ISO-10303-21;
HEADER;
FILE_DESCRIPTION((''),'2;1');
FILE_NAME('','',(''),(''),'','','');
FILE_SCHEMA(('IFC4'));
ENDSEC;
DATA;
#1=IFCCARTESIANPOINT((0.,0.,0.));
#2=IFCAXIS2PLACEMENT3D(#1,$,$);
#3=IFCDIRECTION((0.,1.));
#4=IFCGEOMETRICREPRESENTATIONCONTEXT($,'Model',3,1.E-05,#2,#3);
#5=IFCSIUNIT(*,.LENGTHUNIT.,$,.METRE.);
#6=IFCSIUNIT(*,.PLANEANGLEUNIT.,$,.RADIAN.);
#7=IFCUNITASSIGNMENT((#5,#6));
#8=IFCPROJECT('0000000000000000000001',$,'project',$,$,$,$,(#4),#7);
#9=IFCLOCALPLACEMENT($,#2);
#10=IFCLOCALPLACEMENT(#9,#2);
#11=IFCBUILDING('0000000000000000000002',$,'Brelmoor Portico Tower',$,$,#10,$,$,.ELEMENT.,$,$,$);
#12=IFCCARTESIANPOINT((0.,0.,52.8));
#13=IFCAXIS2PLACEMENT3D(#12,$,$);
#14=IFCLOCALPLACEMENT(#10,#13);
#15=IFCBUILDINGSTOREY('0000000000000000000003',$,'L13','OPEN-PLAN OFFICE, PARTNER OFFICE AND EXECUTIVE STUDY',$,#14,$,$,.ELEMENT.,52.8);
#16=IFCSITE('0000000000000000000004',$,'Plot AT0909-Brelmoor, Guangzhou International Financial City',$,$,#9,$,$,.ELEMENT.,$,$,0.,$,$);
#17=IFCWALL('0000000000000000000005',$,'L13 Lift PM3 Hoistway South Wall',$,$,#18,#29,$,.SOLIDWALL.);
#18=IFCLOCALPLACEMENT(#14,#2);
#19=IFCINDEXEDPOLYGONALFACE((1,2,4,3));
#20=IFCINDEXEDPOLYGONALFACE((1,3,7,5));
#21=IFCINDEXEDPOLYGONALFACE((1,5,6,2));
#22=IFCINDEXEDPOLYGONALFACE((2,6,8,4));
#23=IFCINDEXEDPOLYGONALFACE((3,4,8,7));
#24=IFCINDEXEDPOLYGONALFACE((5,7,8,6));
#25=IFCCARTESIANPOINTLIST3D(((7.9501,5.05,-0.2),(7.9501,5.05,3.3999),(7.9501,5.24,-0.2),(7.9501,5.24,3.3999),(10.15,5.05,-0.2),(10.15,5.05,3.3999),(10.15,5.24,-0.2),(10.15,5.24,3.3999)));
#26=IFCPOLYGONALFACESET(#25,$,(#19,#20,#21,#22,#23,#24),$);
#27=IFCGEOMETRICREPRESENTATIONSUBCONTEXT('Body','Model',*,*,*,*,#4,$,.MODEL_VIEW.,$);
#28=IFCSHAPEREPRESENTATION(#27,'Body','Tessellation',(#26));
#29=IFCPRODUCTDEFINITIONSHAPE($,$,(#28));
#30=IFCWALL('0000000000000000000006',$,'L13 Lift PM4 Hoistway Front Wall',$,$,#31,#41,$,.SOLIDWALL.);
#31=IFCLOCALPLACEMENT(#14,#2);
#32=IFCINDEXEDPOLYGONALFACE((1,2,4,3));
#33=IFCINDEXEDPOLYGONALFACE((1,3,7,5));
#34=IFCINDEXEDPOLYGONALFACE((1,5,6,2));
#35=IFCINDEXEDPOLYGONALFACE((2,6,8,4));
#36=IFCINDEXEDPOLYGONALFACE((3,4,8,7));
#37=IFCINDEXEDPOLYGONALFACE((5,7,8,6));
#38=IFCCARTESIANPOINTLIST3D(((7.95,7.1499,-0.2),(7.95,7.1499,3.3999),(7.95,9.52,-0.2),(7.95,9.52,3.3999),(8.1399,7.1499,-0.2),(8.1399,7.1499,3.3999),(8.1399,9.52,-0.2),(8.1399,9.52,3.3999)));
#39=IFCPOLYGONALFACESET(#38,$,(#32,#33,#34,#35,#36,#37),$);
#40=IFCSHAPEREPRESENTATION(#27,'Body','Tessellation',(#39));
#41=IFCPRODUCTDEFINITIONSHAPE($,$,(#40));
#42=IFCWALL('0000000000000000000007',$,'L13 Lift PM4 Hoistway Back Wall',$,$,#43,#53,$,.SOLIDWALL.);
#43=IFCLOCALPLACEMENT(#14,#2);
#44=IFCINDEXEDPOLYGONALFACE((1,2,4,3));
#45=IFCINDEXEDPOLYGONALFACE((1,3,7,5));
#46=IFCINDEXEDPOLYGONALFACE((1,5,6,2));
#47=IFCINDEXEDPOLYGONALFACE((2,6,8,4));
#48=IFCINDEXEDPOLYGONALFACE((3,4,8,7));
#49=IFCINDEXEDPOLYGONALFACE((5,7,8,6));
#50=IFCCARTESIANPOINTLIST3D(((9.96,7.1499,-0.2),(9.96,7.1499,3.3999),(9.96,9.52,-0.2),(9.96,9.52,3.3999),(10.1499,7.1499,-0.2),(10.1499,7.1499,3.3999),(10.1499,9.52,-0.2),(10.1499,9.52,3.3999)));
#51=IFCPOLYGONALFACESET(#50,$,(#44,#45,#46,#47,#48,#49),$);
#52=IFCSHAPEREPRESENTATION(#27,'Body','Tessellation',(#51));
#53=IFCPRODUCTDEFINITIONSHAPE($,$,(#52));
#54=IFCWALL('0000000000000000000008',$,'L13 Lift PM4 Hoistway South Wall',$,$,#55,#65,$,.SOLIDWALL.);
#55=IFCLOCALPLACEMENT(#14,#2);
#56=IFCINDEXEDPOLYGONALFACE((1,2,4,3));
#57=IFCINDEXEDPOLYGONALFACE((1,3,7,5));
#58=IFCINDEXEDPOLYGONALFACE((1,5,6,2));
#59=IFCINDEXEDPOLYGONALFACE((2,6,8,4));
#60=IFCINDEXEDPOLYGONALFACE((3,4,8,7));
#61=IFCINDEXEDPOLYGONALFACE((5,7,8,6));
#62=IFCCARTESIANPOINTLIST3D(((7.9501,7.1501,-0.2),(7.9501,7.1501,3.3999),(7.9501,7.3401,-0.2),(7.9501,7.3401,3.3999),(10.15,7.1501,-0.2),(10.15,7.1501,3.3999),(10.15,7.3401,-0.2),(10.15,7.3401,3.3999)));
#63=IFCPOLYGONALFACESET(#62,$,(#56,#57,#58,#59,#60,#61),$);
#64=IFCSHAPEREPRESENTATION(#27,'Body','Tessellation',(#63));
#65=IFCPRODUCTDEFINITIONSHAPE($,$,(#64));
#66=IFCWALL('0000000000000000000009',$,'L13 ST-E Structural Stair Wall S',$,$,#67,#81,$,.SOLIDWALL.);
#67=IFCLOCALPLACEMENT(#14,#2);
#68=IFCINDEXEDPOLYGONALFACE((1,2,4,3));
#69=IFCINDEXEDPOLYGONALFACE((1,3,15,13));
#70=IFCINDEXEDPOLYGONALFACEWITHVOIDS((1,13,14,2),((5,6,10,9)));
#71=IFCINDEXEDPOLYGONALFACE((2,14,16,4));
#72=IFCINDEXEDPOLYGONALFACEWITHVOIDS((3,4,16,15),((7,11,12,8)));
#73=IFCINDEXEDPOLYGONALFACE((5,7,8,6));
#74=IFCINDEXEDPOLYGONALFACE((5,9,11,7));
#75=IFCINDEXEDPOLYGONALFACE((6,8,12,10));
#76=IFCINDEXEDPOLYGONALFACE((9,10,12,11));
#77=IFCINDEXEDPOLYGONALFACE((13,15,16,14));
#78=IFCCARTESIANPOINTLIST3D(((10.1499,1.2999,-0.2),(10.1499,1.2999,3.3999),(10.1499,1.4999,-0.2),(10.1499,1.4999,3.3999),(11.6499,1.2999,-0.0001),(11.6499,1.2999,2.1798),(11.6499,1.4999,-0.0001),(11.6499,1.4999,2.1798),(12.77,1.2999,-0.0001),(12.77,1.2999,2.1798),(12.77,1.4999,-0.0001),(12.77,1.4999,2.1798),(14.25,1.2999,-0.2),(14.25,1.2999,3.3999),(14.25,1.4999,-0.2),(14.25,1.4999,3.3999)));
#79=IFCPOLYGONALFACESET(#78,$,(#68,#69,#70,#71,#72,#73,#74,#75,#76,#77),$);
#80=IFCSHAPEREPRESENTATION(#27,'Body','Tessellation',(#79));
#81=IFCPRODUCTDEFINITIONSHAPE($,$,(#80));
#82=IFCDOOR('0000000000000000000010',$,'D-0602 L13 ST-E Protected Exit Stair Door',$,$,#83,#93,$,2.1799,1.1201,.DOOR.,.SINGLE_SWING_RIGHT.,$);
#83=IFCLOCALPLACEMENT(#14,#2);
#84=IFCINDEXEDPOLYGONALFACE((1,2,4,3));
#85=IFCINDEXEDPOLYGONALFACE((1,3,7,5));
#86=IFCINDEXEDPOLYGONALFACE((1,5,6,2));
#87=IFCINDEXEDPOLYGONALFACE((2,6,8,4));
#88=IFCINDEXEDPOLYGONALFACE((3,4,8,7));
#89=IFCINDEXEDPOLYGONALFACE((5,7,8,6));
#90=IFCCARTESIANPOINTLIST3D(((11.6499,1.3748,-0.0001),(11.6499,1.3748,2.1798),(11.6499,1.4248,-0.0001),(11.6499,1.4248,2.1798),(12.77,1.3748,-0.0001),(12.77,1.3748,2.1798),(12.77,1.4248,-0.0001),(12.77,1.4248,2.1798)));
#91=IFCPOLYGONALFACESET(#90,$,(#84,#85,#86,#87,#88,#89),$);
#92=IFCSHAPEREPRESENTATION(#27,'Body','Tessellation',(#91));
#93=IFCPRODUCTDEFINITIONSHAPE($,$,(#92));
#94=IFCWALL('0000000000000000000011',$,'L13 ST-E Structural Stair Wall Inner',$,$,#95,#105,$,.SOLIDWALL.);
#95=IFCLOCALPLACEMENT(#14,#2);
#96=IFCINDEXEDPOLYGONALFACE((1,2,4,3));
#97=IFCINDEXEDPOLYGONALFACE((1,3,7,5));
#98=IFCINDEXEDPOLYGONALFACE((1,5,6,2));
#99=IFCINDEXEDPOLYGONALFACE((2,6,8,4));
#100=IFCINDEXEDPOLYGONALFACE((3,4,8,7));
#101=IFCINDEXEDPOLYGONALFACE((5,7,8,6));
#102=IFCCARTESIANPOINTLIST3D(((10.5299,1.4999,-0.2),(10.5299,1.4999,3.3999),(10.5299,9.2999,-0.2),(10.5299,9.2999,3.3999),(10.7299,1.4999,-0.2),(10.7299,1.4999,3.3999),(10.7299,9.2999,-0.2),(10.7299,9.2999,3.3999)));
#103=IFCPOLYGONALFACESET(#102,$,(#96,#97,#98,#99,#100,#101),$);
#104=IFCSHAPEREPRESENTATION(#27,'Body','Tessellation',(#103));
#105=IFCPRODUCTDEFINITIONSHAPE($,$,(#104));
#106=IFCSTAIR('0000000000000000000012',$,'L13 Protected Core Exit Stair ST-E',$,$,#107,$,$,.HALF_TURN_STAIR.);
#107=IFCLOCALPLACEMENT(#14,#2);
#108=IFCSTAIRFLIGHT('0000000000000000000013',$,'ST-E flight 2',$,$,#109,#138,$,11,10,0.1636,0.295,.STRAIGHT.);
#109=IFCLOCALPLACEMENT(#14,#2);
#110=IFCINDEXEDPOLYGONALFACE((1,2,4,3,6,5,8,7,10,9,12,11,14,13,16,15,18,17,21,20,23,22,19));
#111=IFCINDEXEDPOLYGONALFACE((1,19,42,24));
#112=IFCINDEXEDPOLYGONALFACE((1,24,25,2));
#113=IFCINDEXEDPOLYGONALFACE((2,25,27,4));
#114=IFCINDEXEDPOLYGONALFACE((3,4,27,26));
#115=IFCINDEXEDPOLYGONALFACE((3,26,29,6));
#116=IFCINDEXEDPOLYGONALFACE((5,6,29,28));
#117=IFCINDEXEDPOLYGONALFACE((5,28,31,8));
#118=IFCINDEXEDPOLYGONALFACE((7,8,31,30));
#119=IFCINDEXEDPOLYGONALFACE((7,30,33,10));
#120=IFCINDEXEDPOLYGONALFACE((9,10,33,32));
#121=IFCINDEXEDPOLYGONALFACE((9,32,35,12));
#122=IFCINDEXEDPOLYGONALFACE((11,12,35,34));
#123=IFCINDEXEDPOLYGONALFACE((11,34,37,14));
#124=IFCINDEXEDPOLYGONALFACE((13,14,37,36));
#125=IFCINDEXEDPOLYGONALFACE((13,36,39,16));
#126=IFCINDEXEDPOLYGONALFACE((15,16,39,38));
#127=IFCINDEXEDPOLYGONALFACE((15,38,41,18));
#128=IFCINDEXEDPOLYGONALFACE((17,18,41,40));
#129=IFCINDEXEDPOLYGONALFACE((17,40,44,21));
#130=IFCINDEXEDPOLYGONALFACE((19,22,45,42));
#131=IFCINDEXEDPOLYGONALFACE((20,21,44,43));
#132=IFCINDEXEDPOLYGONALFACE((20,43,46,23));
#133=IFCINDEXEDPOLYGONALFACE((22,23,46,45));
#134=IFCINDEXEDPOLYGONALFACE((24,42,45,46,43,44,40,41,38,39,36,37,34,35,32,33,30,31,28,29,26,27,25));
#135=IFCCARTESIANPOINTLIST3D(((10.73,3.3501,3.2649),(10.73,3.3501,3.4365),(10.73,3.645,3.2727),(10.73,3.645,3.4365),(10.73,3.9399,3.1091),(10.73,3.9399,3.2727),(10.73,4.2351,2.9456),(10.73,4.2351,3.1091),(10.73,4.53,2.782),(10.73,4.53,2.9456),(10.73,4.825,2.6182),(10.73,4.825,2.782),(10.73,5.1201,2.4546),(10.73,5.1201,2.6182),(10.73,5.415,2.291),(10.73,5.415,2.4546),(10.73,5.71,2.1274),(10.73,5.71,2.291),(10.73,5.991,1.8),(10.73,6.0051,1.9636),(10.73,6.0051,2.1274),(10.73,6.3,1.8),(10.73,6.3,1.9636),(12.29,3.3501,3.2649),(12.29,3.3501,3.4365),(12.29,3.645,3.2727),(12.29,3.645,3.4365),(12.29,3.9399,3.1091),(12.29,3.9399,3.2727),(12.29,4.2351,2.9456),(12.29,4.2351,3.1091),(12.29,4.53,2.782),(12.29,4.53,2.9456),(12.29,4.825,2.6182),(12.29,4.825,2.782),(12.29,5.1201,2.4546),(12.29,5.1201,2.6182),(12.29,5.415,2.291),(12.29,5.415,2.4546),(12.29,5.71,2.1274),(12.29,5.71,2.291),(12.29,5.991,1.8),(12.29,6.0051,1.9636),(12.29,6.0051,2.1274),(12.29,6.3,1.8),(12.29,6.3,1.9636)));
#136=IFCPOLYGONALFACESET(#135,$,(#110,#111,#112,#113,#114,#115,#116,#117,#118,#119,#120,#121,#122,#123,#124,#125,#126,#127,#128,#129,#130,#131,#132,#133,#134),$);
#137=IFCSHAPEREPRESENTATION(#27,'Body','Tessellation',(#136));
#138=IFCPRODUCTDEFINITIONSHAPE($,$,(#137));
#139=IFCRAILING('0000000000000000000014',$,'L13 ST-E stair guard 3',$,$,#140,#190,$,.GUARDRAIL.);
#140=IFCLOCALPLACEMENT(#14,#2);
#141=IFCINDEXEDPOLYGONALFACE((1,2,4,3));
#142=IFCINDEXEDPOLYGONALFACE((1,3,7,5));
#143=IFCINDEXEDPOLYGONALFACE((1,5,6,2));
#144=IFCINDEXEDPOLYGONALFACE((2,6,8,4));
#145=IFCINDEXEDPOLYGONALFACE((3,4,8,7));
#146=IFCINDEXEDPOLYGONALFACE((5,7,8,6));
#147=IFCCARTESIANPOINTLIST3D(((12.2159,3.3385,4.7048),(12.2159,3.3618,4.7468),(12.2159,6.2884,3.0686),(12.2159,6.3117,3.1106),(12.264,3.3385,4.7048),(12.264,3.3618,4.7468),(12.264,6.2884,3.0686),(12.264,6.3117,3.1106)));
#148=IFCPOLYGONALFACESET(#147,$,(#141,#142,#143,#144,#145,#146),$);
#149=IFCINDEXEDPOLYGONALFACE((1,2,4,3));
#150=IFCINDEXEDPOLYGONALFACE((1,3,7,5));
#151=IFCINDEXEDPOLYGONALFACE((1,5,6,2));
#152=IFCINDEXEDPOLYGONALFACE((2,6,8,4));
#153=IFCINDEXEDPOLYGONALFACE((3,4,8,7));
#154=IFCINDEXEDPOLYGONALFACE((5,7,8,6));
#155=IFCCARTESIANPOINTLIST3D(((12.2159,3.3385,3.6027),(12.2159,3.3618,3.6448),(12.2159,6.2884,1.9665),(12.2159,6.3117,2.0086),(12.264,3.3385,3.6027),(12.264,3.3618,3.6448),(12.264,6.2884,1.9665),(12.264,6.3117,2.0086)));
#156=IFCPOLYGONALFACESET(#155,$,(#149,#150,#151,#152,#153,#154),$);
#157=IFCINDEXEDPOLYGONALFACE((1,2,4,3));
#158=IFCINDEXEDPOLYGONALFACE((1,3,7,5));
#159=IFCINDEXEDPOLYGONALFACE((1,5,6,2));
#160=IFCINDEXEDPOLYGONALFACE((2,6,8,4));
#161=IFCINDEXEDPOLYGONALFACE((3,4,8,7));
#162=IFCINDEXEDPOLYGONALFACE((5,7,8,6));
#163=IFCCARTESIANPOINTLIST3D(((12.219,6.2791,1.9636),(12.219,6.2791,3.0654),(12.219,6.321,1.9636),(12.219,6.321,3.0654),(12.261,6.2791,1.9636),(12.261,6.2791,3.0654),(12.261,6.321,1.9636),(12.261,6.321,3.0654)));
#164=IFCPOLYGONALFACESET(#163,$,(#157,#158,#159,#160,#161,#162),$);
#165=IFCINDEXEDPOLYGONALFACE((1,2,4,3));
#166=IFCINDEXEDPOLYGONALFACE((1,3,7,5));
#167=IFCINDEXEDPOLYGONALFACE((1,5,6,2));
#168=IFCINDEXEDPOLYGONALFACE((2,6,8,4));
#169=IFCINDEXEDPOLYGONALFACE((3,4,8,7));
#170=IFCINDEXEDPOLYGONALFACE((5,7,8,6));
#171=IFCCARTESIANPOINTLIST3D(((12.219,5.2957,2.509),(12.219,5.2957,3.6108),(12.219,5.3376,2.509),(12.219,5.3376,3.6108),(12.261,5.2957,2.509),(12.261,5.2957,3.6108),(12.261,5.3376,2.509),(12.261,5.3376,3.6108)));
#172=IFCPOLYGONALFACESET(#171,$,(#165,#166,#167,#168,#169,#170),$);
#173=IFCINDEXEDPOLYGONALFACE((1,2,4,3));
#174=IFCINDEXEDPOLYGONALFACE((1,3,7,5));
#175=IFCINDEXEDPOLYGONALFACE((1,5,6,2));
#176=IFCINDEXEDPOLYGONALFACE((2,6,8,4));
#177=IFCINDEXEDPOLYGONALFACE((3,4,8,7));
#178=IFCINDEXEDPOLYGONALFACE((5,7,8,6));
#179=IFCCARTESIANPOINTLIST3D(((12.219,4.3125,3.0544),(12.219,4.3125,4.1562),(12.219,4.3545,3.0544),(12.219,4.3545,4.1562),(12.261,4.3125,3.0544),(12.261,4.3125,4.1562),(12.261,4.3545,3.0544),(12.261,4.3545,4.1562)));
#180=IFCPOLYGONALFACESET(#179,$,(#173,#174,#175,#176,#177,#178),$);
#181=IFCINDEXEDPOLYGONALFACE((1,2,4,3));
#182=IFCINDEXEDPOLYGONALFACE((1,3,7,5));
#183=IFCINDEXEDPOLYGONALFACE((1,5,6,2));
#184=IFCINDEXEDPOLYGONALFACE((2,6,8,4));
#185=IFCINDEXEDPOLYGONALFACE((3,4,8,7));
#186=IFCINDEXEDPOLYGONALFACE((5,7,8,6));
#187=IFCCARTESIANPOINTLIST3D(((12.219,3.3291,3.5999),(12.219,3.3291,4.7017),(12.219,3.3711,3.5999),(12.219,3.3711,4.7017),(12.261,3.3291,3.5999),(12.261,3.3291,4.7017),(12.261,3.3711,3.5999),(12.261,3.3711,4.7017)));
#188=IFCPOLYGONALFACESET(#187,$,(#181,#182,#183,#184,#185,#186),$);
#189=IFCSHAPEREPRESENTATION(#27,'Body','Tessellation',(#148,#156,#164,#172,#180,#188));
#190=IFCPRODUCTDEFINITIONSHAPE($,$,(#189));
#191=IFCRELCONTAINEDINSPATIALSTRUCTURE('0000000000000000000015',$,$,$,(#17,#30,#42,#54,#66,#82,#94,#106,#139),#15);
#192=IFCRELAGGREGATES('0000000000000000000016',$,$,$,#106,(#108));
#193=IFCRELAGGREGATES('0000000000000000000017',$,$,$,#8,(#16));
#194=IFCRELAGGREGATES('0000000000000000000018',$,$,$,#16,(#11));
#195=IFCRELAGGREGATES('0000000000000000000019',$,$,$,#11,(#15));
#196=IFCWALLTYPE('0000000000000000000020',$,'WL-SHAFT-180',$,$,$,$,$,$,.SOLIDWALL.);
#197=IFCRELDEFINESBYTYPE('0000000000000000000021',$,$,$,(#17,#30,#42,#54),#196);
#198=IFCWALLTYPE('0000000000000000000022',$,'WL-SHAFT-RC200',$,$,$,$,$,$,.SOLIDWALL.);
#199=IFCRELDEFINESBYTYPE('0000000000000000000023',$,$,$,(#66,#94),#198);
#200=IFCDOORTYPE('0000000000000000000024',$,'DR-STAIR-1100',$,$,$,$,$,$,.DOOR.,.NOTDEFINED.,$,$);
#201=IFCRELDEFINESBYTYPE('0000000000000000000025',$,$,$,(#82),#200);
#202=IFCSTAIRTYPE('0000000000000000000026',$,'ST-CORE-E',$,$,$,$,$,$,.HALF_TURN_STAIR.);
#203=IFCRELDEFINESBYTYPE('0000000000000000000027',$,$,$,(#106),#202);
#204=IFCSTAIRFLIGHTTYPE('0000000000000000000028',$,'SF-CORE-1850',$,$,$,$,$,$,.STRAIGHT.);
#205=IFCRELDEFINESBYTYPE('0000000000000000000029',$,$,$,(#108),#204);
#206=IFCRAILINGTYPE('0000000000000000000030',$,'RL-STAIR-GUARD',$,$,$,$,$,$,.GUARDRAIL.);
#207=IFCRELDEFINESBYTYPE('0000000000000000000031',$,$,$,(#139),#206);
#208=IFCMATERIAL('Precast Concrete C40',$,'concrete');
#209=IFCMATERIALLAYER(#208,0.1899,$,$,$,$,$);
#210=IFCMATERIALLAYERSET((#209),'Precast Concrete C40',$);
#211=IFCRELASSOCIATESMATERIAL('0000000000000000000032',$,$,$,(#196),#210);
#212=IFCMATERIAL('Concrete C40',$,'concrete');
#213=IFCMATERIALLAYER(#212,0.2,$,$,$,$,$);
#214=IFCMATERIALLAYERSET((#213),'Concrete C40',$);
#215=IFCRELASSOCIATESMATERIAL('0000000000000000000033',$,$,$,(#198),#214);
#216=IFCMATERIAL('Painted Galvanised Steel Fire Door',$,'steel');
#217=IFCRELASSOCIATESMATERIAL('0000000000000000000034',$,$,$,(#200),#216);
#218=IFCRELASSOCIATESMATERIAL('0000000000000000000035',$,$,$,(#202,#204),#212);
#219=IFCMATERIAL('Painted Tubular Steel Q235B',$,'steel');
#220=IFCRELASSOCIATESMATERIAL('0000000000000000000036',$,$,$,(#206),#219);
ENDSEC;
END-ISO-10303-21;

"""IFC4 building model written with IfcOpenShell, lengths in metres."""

from ifc_helpers import new_model, si_unit, direction, frame, frame_2d, origin, origin_2d, place, context, subcontext, project, spatial, polyline, rectangle, outline, extrude, material, layer, layer_set, type_object, element, fill, aggregate, save


model = new_model("IFC4")

# Units and contexts
model_context = context("Model", 3, precision=1e-05, world=origin(), true_north=direction((0.0, 1.0)))
body_context = subcontext(model_context, "Body", "Model", "MODEL_VIEW")
ifc_project = project(units=[si_unit("LENGTHUNIT", "METRE"), si_unit("PLANEANGLEUNIT", "RADIAN")], contexts=[model_context])

# Site, building, storey
site_placement = place(None, origin())
site = spatial("IfcSite", under=ifc_project, at=site_placement, Name="Plot AT0909-Brelmoor, Guangzhou International Financial City", CompositionType="ELEMENT", RefElevation=0.0)
building_placement = place(site_placement, origin())
building = spatial("IfcBuilding", under=site, at=building_placement, Name="Brelmoor Portico Tower", CompositionType="ELEMENT")
storey_placement = place(building_placement, frame((0.0, 0.0, 52.8)))
storey = spatial("IfcBuildingStorey", under=building, at=storey_placement, Name="L13", Description="OPEN-PLAN OFFICE, PARTNER OFFICE AND EXECUTIVE STUDY", CompositionType="ELEMENT", Elevation=52.8)

# Walls
ifc_material_1 = material(Name="Precast Concrete C40", Category="concrete")
ifc_layer_1 = layer(ifc_material_1, 0.1899)
ifc_layer_set_1 = layer_set([ifc_layer_1], Name="Precast Concrete C40")
wall_type_1 = type_object("IfcWallType", Name="WL-SHAFT-180", PredefinedType="SOLIDWALL", material=ifc_layer_set_1)
for number, where, z_axis, x_axis, name in (
    (1, (7.95, 5.145, -0.2), (0.0, 0.0, 1.0), (1.0, 0.0, 0.0), "L13 Lift PM3 Hoistway South Wall"),
):
    element("IfcWall", number, at=place(storey_placement, frame(where, z_axis=z_axis, x_axis=x_axis)), inside=storey, type_object=wall_type_1, Name=name, PredefinedType="SOLIDWALL", context=body_context, shape_type="SweptSolid", body=[
        extrude(rectangle(XDim=2.2, YDim=0.1899, at=frame_2d((1.1001, 0.0))), origin(), (0.0, 0.0, 1.0), 3.5999),
    ])
for number, where, z_axis, x_axis, name in (
    (2, (8.0449, 7.1499, -0.2), (0.0, 0.0, 1.0), (0.0, 1.0, 0.0), "L13 Lift PM4 Hoistway Front Wall"),
    (3, (10.0549, 7.1499, -0.2), (0.0, 0.0, 1.0), (0.0, 1.0, 0.0), "L13 Lift PM4 Hoistway Back Wall"),
):
    element("IfcWall", number, at=place(storey_placement, frame(where, z_axis=z_axis, x_axis=x_axis)), inside=storey, type_object=wall_type_1, Name=name, PredefinedType="SOLIDWALL", context=body_context, shape_type="SweptSolid", body=[
        extrude(rectangle(XDim=2.3701, YDim=0.1899, at=frame_2d((1.1851, 0.0))), origin(), (0.0, 0.0, 1.0), 3.5999),
    ])
wall_1_placement = place(storey_placement, frame((7.95, 7.2451, -0.2), z_axis=(0.0, 0.0, 1.0), x_axis=(1.0, 0.0, 0.0)))
element("IfcWall", 4, at=wall_1_placement, inside=storey, type_object=wall_type_1, Name="L13 Lift PM4 Hoistway South Wall", PredefinedType="SOLIDWALL", context=body_context, shape_type="SweptSolid", body=[
    extrude(rectangle(XDim=2.2, YDim=0.1899, at=frame_2d((1.1001, 0.0))), origin(), (0.0, 0.0, 1.0), 3.5999),
])

# Wall, opening, door
ifc_material_2 = material(Name="Concrete C40", Category="concrete")
ifc_layer_2 = layer(ifc_material_2, 0.2)
ifc_layer_set_2 = layer_set([ifc_layer_2], Name="Concrete C40")
wall_type_2 = type_object("IfcWallType", Name="WL-SHAFT-RC200", PredefinedType="SOLIDWALL", material=ifc_layer_set_2)
wall_2_placement = place(storey_placement, frame((10.1499, 1.3999, -0.2), z_axis=(0.0, 0.0, 1.0), x_axis=(1.0, 0.0, 0.0)))
wall_2 = element("IfcWall", 5, at=wall_2_placement, inside=storey, type_object=wall_type_2, Name="L13 ST-E Structural Stair Wall S", PredefinedType="SOLIDWALL", context=body_context, shape_type="SweptSolid", body=[
    extrude(rectangle(XDim=4.1001, YDim=0.2, at=frame_2d((2.05, 0.0))), origin(), (0.0, 0.0, 1.0), 3.5999),
])
opening_1_placement = place(wall_2_placement, frame((1.5, 0.0, 0.2)))
opening_1 = element("IfcOpeningElement", 6, at=opening_1_placement, cuts=wall_2, PredefinedType="OPENING", context=body_context, shape_type="SweptSolid", body=[
    extrude(rectangle(XDim=1.1201, YDim=2.1799, at=frame_2d((0.5601, 1.0898))), frame((0.0, 0.1099, 0.0), z_axis=(0.0, -1.0, 0.0), x_axis=(1.0, 0.0, 0.0)), (0.0, 0.0, 1.0), 0.22),
])
ifc_material_3 = material(Name="Painted Galvanised Steel Fire Door", Category="steel")
door_type_1 = type_object("IfcDoorType", Name="DR-STAIR-1100", OperationType="NOTDEFINED", PredefinedType="DOOR", material=ifc_material_3)
door_1_placement = place(opening_1_placement, origin())
door_1 = element("IfcDoor", 7, at=door_1_placement, inside=storey, type_object=door_type_1, Name="D-0602 L13 ST-E Protected Exit Stair Door", OperationType="SINGLE_SWING_RIGHT", OverallHeight=2.1799, OverallWidth=1.1201, PredefinedType="DOOR", context=body_context, shape_type="SweptSolid", body=[
    extrude(rectangle(XDim=1.1201, YDim=2.1799, at=frame_2d((0.5601, 1.0898))), frame((0.0, 0.0249, 0.0), z_axis=(0.0, -1.0, 0.0), x_axis=(1.0, 0.0, 0.0)), (0.0, 0.0, 1.0), 0.05),
])
fill(opening_1, door_1)

# Wall
wall_3_placement = place(storey_placement, frame((10.6299, 1.5, -0.2), z_axis=(0.0, 0.0, 1.0), x_axis=(0.0, 1.0, 0.0)))
element("IfcWall", 8, at=wall_3_placement, inside=storey, type_object=wall_type_2, Name="L13 ST-E Structural Stair Wall Inner", PredefinedType="SOLIDWALL", context=body_context, shape_type="SweptSolid", body=[
    extrude(rectangle(XDim=7.8, YDim=0.2, at=frame_2d((3.8999, 0.0))), origin(), (0.0, 0.0, 1.0), 3.5999),
])

# Stair, stair flight
stair_type = type_object("IfcStairType", Name="ST-CORE-E", PredefinedType="HALF_TURN_STAIR", material=ifc_material_2)
stair_placement = place(storey_placement, origin())
stair = element("IfcStair", 9, at=stair_placement, inside=storey, type_object=stair_type, Name="L13 Protected Core Exit Stair ST-E", PredefinedType="HALF_TURN_STAIR")
stair_flight_type = type_object("IfcStairFlightType", Name="SF-CORE-1850", PredefinedType="STRAIGHT", material=ifc_material_2)
stair_flight_placement = place(storey_placement, frame((11.51, 6.3, 1.8), z_axis=(0.0, 0.0, 1.0), x_axis=(0.0, -1.0, 0.0)))
stair_flight = element("IfcStairFlight", 10, at=stair_flight_placement, type_object=stair_flight_type, Name="ST-E flight 2", NumberOfRisers=11, NumberOfTreads=10, PredefinedType="STRAIGHT", RiserHeight=0.1636, TreadLength=0.295, context=body_context, shape_type="SweptSolid", body=[
    extrude(outline(polyline([(0.0, 0.0), (0.0, 0.1636), (0.2949, 0.1636), (0.2949, 0.3274), (0.5901, 0.3274), (0.5901, 0.491), (0.885, 0.491), (0.885, 0.6545), (1.1799, 0.6545), (1.1799, 0.8181), (1.4751, 0.8181), (1.4751, 0.9819), (1.77, 0.9819), (1.77, 1.1455), (2.0649, 1.1455), (2.0649, 1.3091), (2.3601, 1.3091), (2.3601, 1.4727), (2.655, 1.4727), (2.655, 1.6365), (2.95, 1.6365), (2.95, 1.8), (2.95, 1.4648), (0.3091, 0.0), (0.0, 0.0)])), frame((0.0, 0.78, 0.0), z_axis=(0.0, -1.0, 0.0), x_axis=(1.0, 0.0, 0.0)), (0.0, 0.0, 1.0), 1.5601),
])
aggregate(stair, [stair_flight])

# Railing
ifc_material_4 = material(Name="Painted Tubular Steel Q235B", Category="steel")
railing_type_1 = type_object("IfcRailingType", Name="RL-STAIR-GUARD", PredefinedType="GUARDRAIL", material=ifc_material_4)
railing_1_placement = place(storey_placement, frame((12.24, 6.3, 1.9636)))
element("IfcRailing", 11, at=railing_1_placement, inside=storey, type_object=railing_type_1, Name="L13 ST-E stair guard 3", PredefinedType="GUARDRAIL", context=body_context, shape_type="SweptSolid", body=[
    extrude(rectangle(XDim=0.0481, YDim=0.0481, at=origin_2d()), frame((0.0, 0.0, 1.126), z_axis=(0.0, -0.874488, 0.485047), x_axis=(1.0, 0.0, 0.0)), (0.0, 0.0, 1.0), 3.3733),
    extrude(rectangle(XDim=0.0481, YDim=0.0481, at=origin_2d()), frame((0.0, 0.0, 0.0239), z_axis=(0.0, -0.874488, 0.485047), x_axis=(1.0, 0.0, 0.0)), (0.0, 0.0, 1.0), 3.3733),
    extrude(rectangle(XDim=0.042, YDim=0.042, at=origin_2d()), origin(), (0.0, 0.0, 1.0), 1.1018),
    extrude(rectangle(XDim=0.042, YDim=0.042, at=origin_2d()), frame((0.0, -0.9834, 0.5454)), (0.0, 0.0, 1.0), 1.1018),
    extrude(rectangle(XDim=0.042, YDim=0.042, at=origin_2d()), frame((0.0, -1.9666, 1.0908)), (0.0, 0.0, 1.0), 1.1018),
    extrude(rectangle(XDim=0.042, YDim=0.042, at=origin_2d()), frame((0.0, -2.95, 1.6362)), (0.0, 0.0, 1.0), 1.1018),
])

save(model, "model.ifc")
